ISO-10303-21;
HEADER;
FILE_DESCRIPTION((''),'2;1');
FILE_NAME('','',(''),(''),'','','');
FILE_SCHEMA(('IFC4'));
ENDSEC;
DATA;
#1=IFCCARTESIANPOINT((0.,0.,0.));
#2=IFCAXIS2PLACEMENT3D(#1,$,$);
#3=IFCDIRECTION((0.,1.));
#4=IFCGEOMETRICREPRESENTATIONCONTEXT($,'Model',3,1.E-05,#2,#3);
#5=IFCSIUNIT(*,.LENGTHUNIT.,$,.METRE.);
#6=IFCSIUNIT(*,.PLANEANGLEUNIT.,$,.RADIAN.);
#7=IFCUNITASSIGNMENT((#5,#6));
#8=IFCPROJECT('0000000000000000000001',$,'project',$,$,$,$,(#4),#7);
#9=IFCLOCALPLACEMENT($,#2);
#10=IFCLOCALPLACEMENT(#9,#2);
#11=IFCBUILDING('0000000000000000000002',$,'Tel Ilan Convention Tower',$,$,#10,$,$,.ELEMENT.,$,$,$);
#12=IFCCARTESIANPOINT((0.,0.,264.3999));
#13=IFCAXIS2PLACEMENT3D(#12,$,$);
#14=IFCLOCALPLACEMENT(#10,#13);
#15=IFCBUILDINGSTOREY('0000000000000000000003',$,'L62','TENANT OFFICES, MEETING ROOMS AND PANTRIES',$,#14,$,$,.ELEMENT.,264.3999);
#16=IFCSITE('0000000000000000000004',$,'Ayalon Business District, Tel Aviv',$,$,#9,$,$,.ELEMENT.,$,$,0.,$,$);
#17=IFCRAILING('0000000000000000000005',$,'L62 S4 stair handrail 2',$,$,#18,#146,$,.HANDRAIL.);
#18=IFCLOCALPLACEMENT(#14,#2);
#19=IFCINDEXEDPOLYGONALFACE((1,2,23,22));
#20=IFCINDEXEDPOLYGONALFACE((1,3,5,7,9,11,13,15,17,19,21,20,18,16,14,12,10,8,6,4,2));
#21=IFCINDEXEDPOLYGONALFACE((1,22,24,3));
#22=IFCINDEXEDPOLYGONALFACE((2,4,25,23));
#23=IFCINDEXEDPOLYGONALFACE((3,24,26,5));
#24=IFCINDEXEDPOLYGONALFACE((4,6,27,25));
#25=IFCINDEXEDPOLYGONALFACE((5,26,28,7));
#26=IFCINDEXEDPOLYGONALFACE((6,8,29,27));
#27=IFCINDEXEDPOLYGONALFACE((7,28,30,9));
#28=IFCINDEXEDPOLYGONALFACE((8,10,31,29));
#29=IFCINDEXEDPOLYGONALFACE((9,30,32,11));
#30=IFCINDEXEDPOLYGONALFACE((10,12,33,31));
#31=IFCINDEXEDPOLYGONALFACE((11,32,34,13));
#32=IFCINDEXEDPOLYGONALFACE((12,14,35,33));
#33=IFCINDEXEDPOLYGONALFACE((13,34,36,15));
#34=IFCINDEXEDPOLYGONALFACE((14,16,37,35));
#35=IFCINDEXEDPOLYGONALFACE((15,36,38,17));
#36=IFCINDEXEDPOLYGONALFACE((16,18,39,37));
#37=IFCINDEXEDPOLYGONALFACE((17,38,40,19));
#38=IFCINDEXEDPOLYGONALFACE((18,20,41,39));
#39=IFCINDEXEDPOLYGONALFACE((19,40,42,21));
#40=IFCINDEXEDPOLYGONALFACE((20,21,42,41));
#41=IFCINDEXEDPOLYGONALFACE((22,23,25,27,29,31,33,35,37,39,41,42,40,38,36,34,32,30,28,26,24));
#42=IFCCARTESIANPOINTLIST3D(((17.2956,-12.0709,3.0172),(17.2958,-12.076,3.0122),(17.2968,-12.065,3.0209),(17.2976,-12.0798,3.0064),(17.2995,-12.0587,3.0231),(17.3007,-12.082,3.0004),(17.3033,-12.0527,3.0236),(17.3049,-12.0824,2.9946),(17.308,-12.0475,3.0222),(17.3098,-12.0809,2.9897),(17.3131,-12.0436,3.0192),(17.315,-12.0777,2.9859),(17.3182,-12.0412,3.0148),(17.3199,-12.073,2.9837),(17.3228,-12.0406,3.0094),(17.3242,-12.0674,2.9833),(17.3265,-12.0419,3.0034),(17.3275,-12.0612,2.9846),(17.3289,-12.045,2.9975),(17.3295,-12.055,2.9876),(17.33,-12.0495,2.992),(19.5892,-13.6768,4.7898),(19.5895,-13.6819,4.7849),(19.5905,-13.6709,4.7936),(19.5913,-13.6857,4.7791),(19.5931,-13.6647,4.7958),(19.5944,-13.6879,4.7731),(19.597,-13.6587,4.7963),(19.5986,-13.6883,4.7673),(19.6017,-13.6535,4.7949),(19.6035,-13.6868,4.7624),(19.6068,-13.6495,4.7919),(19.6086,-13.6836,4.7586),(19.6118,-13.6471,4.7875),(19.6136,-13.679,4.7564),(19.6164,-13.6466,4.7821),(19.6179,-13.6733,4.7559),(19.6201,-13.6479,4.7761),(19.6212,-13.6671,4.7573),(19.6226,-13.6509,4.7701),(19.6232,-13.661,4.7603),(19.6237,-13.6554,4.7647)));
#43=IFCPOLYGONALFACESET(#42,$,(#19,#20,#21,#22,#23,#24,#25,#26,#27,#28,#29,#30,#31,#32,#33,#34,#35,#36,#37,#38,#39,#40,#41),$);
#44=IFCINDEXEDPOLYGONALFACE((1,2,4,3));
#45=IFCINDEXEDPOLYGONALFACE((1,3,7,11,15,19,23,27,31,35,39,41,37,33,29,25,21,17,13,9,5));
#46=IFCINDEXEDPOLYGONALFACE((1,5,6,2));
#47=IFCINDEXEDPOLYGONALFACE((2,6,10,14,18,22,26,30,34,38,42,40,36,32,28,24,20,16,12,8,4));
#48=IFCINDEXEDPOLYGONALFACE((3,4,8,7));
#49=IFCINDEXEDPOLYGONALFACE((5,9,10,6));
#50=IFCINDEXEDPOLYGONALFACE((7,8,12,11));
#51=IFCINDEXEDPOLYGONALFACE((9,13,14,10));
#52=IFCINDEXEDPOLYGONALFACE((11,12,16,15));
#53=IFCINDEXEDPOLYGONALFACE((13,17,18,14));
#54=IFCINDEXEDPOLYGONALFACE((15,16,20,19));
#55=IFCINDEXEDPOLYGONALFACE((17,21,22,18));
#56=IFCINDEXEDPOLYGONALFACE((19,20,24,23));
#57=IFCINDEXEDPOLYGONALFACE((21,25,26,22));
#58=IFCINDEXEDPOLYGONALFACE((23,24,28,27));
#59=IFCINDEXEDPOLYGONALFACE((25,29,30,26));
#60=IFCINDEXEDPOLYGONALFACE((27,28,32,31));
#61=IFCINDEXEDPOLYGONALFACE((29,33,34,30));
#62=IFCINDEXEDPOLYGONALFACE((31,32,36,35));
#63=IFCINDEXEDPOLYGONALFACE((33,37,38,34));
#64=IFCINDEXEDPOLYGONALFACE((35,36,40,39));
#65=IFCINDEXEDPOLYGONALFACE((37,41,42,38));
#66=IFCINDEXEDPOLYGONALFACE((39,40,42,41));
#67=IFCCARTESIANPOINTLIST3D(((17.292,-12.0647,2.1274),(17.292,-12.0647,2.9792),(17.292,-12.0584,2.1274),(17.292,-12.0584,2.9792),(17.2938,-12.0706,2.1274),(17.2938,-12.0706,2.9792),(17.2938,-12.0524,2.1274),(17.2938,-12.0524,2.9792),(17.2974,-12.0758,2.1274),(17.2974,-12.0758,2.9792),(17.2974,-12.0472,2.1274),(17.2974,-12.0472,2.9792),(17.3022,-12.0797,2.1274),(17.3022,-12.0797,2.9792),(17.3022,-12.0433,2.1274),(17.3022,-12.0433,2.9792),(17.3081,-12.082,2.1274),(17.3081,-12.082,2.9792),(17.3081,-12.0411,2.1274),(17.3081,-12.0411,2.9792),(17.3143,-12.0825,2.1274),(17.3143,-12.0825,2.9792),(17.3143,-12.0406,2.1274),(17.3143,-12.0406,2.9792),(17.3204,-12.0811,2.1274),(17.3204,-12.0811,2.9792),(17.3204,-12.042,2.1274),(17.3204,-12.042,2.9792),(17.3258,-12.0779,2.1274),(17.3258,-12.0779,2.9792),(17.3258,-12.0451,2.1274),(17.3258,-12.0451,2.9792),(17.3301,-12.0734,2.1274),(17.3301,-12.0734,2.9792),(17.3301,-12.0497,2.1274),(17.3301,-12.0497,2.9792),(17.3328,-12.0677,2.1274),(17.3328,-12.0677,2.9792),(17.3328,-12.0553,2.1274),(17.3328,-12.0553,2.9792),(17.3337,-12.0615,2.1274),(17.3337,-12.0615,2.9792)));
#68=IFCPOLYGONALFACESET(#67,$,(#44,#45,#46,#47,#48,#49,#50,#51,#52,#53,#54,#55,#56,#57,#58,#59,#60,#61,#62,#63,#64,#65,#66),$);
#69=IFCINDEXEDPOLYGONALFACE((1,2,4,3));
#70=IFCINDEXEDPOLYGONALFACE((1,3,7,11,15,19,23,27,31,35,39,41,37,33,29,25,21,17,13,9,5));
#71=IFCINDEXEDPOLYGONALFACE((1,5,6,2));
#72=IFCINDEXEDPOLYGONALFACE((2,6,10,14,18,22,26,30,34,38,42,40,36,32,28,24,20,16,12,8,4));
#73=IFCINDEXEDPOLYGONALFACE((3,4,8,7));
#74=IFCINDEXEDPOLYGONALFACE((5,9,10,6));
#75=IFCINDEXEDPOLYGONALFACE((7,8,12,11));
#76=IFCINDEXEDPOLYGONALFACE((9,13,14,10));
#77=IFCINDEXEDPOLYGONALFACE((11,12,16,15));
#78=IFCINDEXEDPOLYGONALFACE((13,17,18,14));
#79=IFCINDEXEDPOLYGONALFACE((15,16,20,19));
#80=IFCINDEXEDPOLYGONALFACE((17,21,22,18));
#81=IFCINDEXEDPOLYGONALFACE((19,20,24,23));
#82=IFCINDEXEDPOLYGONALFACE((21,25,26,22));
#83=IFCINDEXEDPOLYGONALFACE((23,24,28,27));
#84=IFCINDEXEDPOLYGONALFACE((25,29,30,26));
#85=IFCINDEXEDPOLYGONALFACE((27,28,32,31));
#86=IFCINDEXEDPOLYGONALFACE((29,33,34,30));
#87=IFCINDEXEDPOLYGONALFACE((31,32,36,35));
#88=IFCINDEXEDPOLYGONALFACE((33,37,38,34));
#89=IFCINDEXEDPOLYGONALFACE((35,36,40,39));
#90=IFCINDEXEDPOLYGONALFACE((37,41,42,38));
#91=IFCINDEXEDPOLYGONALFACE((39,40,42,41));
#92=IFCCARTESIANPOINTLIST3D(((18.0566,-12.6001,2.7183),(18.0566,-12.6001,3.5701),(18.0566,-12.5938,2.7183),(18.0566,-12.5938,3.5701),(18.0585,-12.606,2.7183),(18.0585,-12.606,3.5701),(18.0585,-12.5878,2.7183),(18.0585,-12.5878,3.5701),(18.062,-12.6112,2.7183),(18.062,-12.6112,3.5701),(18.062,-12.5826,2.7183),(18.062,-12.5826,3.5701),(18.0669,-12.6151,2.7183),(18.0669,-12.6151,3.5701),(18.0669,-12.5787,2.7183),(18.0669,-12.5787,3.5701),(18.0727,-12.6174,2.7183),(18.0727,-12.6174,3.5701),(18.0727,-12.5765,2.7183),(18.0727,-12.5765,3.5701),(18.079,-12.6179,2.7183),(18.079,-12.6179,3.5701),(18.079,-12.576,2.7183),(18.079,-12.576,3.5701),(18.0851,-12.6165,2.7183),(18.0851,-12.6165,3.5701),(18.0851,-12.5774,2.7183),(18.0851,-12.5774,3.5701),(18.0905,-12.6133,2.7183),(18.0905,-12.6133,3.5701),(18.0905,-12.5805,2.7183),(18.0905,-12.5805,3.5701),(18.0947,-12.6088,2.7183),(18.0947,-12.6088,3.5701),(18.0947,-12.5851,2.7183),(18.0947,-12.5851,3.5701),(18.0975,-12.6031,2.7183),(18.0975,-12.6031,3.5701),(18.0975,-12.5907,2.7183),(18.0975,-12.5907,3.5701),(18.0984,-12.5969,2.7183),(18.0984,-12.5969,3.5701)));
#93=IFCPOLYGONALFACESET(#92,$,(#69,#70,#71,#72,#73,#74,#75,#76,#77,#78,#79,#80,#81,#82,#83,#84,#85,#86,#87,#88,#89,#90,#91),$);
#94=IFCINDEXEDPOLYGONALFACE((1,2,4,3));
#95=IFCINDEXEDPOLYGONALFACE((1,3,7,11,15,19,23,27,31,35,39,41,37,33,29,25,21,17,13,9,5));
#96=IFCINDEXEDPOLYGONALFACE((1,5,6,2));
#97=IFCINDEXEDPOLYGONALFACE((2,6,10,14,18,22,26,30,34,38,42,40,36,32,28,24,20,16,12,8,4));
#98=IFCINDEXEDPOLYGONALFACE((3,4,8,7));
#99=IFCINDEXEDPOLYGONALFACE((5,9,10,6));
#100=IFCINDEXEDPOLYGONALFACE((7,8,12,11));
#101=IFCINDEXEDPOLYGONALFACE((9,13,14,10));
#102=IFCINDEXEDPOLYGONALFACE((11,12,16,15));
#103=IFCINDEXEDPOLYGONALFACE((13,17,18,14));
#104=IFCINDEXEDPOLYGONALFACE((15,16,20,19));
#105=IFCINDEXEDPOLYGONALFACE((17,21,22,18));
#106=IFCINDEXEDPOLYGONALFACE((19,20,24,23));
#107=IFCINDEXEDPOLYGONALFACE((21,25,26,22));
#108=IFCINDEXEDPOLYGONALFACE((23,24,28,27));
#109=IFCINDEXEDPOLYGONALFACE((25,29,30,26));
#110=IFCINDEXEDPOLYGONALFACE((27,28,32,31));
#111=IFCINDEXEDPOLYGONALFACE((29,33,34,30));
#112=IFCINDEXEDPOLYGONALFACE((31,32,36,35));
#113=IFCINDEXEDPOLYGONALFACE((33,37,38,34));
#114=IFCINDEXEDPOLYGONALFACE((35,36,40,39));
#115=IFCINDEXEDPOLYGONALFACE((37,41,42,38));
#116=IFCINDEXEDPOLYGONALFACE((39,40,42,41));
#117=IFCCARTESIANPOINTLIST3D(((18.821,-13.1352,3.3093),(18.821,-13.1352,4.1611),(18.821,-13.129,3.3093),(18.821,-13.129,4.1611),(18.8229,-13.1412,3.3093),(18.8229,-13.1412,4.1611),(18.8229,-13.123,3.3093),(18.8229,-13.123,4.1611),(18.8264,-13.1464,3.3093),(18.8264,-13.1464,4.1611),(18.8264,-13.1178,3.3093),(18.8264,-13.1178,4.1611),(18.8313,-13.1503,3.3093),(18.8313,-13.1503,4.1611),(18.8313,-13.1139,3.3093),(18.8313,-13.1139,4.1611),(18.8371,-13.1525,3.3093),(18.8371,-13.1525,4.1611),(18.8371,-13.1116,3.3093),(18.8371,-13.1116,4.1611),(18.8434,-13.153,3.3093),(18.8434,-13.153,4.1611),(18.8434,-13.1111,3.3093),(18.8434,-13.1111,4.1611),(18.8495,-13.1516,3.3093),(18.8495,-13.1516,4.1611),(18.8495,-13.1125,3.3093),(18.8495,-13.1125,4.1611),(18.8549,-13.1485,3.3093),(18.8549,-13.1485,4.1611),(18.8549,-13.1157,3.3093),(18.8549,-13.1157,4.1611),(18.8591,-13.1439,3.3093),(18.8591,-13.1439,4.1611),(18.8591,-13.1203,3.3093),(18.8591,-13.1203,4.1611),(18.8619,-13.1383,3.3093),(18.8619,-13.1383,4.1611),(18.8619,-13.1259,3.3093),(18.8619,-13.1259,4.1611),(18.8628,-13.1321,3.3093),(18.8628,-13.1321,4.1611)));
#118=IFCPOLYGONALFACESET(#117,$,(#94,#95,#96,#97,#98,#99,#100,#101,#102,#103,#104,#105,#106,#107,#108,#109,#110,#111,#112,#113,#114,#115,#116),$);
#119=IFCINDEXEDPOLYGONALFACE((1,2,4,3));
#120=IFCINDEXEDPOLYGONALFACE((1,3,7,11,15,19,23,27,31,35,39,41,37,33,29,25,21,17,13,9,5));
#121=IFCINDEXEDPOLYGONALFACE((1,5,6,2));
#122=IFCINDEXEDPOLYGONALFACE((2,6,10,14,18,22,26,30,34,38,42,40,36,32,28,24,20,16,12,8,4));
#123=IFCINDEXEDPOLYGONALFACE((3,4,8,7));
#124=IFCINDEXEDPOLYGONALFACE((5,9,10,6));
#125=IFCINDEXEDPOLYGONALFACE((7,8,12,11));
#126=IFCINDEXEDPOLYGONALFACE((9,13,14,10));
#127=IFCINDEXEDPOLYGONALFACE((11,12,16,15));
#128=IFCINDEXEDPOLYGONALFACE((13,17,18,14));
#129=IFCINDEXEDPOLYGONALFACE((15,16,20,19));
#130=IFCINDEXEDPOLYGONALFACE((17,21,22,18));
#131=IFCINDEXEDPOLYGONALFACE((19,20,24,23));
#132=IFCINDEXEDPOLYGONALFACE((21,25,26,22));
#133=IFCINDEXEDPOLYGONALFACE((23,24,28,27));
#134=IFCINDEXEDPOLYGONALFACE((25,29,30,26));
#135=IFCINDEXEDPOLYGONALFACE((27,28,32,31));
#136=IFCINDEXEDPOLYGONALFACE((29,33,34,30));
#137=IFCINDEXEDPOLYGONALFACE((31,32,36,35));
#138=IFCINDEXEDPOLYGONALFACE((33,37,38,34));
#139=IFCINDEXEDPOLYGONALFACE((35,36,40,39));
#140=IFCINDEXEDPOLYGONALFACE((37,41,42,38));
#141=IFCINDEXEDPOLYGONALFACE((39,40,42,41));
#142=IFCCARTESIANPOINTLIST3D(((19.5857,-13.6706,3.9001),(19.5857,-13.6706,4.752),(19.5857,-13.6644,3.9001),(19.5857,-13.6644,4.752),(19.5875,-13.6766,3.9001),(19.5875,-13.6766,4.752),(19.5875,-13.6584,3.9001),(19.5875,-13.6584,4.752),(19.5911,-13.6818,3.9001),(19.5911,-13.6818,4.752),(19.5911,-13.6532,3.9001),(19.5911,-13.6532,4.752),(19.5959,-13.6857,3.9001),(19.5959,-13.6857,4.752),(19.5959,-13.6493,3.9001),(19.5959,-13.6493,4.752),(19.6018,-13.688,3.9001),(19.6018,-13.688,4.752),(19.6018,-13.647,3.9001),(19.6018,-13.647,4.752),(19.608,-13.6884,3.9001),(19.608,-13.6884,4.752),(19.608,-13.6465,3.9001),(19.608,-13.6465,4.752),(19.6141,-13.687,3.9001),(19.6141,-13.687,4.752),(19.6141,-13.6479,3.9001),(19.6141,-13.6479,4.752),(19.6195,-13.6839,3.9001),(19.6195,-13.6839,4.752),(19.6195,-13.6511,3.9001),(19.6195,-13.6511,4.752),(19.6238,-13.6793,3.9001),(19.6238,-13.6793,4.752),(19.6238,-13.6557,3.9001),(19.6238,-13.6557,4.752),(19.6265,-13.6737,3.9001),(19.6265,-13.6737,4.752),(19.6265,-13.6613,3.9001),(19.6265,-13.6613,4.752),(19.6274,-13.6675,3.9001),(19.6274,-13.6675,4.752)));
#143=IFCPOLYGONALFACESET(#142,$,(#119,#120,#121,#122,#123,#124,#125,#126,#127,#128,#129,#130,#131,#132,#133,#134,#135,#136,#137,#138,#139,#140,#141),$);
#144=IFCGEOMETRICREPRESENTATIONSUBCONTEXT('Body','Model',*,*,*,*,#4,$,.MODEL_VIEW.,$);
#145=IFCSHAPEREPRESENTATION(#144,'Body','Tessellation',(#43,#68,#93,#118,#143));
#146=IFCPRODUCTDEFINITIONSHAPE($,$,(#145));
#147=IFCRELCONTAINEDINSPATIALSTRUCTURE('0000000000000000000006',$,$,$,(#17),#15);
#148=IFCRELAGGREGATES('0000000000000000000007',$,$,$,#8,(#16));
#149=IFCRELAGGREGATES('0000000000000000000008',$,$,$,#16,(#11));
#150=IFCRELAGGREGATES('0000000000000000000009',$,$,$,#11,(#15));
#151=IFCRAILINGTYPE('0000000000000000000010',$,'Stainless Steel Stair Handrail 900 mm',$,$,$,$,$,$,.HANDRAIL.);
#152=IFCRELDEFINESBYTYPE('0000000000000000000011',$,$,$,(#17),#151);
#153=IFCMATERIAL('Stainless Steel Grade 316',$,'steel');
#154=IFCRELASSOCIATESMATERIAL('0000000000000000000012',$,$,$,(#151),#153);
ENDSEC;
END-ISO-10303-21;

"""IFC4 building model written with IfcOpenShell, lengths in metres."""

from ifc_helpers import new_model, si_unit, direction, frame, origin, origin_2d, place, context, subcontext, project, spatial, circle, extrude, material, type_object, element, save


model = new_model("IFC4")

# Units and contexts
model_context = context("Model", 3, precision=1e-05, world=origin(), true_north=direction((0.0, 1.0)))
body_context = subcontext(model_context, "Body", "Model", "MODEL_VIEW")
ifc_project = project(units=[si_unit("LENGTHUNIT", "METRE"), si_unit("PLANEANGLEUNIT", "RADIAN")], contexts=[model_context])

# Site, building, storey
site_placement = place(None, origin())
site = spatial("IfcSite", under=ifc_project, at=site_placement, Name="Ayalon Business District, Tel Aviv", CompositionType="ELEMENT", RefElevation=0.0)
building_placement = place(site_placement, origin())
building = spatial("IfcBuilding", under=site, at=building_placement, Name="Tel Ilan Convention Tower", CompositionType="ELEMENT")
storey_placement = place(building_placement, frame((0.0, 0.0, 264.3999)))
storey = spatial("IfcBuildingStorey", under=building, at=storey_placement, Name="L62", Description="TENANT OFFICES, MEETING ROOMS AND PANTRIES", CompositionType="ELEMENT", Elevation=264.3999)

# Railing
ifc_material_1 = material(Name="Stainless Steel Grade 316", Category="steel")
railing_type_1 = type_object("IfcRailingType", Name="Stainless Steel Stair Handrail 900 mm", PredefinedType="HANDRAIL", material=ifc_material_1)
railing_1_placement = place(storey_placement, frame((17.3127, -12.0615, 2.1274)))
element("IfcRailing", 1, at=railing_1_placement, inside=storey, type_object=railing_type_1, Name="L62 S4 stair handrail 2", PredefinedType="HANDRAIL", context=body_context, shape_type="SweptSolid", body=[
    extrude(circle(Radius=0.0239, at=origin_2d()), frame((0.0, 0.0, 0.876), z_axis=(0.692123, -0.484597, 0.534913), x_axis=(0.57355, 0.81917, 0.0)), (0.0, 0.0, 1.0), 3.314),
    extrude(circle(Radius=0.021, at=origin_2d()), origin(), (0.0, 0.0, 1.0), 0.8518),
    extrude(circle(Radius=0.021, at=origin_2d()), frame((0.7646, -0.5354, 0.5908)), (0.0, 0.0, 1.0), 0.8518),
    extrude(circle(Radius=0.021, at=origin_2d()), frame((1.5291, -1.0706, 1.1819)), (0.0, 0.0, 1.0), 0.8518),
    extrude(circle(Radius=0.021, at=origin_2d()), frame((2.2937, -1.606, 1.7727)), (0.0, 0.0, 1.0), 0.8518),
])

save(model, "model.ifc")
